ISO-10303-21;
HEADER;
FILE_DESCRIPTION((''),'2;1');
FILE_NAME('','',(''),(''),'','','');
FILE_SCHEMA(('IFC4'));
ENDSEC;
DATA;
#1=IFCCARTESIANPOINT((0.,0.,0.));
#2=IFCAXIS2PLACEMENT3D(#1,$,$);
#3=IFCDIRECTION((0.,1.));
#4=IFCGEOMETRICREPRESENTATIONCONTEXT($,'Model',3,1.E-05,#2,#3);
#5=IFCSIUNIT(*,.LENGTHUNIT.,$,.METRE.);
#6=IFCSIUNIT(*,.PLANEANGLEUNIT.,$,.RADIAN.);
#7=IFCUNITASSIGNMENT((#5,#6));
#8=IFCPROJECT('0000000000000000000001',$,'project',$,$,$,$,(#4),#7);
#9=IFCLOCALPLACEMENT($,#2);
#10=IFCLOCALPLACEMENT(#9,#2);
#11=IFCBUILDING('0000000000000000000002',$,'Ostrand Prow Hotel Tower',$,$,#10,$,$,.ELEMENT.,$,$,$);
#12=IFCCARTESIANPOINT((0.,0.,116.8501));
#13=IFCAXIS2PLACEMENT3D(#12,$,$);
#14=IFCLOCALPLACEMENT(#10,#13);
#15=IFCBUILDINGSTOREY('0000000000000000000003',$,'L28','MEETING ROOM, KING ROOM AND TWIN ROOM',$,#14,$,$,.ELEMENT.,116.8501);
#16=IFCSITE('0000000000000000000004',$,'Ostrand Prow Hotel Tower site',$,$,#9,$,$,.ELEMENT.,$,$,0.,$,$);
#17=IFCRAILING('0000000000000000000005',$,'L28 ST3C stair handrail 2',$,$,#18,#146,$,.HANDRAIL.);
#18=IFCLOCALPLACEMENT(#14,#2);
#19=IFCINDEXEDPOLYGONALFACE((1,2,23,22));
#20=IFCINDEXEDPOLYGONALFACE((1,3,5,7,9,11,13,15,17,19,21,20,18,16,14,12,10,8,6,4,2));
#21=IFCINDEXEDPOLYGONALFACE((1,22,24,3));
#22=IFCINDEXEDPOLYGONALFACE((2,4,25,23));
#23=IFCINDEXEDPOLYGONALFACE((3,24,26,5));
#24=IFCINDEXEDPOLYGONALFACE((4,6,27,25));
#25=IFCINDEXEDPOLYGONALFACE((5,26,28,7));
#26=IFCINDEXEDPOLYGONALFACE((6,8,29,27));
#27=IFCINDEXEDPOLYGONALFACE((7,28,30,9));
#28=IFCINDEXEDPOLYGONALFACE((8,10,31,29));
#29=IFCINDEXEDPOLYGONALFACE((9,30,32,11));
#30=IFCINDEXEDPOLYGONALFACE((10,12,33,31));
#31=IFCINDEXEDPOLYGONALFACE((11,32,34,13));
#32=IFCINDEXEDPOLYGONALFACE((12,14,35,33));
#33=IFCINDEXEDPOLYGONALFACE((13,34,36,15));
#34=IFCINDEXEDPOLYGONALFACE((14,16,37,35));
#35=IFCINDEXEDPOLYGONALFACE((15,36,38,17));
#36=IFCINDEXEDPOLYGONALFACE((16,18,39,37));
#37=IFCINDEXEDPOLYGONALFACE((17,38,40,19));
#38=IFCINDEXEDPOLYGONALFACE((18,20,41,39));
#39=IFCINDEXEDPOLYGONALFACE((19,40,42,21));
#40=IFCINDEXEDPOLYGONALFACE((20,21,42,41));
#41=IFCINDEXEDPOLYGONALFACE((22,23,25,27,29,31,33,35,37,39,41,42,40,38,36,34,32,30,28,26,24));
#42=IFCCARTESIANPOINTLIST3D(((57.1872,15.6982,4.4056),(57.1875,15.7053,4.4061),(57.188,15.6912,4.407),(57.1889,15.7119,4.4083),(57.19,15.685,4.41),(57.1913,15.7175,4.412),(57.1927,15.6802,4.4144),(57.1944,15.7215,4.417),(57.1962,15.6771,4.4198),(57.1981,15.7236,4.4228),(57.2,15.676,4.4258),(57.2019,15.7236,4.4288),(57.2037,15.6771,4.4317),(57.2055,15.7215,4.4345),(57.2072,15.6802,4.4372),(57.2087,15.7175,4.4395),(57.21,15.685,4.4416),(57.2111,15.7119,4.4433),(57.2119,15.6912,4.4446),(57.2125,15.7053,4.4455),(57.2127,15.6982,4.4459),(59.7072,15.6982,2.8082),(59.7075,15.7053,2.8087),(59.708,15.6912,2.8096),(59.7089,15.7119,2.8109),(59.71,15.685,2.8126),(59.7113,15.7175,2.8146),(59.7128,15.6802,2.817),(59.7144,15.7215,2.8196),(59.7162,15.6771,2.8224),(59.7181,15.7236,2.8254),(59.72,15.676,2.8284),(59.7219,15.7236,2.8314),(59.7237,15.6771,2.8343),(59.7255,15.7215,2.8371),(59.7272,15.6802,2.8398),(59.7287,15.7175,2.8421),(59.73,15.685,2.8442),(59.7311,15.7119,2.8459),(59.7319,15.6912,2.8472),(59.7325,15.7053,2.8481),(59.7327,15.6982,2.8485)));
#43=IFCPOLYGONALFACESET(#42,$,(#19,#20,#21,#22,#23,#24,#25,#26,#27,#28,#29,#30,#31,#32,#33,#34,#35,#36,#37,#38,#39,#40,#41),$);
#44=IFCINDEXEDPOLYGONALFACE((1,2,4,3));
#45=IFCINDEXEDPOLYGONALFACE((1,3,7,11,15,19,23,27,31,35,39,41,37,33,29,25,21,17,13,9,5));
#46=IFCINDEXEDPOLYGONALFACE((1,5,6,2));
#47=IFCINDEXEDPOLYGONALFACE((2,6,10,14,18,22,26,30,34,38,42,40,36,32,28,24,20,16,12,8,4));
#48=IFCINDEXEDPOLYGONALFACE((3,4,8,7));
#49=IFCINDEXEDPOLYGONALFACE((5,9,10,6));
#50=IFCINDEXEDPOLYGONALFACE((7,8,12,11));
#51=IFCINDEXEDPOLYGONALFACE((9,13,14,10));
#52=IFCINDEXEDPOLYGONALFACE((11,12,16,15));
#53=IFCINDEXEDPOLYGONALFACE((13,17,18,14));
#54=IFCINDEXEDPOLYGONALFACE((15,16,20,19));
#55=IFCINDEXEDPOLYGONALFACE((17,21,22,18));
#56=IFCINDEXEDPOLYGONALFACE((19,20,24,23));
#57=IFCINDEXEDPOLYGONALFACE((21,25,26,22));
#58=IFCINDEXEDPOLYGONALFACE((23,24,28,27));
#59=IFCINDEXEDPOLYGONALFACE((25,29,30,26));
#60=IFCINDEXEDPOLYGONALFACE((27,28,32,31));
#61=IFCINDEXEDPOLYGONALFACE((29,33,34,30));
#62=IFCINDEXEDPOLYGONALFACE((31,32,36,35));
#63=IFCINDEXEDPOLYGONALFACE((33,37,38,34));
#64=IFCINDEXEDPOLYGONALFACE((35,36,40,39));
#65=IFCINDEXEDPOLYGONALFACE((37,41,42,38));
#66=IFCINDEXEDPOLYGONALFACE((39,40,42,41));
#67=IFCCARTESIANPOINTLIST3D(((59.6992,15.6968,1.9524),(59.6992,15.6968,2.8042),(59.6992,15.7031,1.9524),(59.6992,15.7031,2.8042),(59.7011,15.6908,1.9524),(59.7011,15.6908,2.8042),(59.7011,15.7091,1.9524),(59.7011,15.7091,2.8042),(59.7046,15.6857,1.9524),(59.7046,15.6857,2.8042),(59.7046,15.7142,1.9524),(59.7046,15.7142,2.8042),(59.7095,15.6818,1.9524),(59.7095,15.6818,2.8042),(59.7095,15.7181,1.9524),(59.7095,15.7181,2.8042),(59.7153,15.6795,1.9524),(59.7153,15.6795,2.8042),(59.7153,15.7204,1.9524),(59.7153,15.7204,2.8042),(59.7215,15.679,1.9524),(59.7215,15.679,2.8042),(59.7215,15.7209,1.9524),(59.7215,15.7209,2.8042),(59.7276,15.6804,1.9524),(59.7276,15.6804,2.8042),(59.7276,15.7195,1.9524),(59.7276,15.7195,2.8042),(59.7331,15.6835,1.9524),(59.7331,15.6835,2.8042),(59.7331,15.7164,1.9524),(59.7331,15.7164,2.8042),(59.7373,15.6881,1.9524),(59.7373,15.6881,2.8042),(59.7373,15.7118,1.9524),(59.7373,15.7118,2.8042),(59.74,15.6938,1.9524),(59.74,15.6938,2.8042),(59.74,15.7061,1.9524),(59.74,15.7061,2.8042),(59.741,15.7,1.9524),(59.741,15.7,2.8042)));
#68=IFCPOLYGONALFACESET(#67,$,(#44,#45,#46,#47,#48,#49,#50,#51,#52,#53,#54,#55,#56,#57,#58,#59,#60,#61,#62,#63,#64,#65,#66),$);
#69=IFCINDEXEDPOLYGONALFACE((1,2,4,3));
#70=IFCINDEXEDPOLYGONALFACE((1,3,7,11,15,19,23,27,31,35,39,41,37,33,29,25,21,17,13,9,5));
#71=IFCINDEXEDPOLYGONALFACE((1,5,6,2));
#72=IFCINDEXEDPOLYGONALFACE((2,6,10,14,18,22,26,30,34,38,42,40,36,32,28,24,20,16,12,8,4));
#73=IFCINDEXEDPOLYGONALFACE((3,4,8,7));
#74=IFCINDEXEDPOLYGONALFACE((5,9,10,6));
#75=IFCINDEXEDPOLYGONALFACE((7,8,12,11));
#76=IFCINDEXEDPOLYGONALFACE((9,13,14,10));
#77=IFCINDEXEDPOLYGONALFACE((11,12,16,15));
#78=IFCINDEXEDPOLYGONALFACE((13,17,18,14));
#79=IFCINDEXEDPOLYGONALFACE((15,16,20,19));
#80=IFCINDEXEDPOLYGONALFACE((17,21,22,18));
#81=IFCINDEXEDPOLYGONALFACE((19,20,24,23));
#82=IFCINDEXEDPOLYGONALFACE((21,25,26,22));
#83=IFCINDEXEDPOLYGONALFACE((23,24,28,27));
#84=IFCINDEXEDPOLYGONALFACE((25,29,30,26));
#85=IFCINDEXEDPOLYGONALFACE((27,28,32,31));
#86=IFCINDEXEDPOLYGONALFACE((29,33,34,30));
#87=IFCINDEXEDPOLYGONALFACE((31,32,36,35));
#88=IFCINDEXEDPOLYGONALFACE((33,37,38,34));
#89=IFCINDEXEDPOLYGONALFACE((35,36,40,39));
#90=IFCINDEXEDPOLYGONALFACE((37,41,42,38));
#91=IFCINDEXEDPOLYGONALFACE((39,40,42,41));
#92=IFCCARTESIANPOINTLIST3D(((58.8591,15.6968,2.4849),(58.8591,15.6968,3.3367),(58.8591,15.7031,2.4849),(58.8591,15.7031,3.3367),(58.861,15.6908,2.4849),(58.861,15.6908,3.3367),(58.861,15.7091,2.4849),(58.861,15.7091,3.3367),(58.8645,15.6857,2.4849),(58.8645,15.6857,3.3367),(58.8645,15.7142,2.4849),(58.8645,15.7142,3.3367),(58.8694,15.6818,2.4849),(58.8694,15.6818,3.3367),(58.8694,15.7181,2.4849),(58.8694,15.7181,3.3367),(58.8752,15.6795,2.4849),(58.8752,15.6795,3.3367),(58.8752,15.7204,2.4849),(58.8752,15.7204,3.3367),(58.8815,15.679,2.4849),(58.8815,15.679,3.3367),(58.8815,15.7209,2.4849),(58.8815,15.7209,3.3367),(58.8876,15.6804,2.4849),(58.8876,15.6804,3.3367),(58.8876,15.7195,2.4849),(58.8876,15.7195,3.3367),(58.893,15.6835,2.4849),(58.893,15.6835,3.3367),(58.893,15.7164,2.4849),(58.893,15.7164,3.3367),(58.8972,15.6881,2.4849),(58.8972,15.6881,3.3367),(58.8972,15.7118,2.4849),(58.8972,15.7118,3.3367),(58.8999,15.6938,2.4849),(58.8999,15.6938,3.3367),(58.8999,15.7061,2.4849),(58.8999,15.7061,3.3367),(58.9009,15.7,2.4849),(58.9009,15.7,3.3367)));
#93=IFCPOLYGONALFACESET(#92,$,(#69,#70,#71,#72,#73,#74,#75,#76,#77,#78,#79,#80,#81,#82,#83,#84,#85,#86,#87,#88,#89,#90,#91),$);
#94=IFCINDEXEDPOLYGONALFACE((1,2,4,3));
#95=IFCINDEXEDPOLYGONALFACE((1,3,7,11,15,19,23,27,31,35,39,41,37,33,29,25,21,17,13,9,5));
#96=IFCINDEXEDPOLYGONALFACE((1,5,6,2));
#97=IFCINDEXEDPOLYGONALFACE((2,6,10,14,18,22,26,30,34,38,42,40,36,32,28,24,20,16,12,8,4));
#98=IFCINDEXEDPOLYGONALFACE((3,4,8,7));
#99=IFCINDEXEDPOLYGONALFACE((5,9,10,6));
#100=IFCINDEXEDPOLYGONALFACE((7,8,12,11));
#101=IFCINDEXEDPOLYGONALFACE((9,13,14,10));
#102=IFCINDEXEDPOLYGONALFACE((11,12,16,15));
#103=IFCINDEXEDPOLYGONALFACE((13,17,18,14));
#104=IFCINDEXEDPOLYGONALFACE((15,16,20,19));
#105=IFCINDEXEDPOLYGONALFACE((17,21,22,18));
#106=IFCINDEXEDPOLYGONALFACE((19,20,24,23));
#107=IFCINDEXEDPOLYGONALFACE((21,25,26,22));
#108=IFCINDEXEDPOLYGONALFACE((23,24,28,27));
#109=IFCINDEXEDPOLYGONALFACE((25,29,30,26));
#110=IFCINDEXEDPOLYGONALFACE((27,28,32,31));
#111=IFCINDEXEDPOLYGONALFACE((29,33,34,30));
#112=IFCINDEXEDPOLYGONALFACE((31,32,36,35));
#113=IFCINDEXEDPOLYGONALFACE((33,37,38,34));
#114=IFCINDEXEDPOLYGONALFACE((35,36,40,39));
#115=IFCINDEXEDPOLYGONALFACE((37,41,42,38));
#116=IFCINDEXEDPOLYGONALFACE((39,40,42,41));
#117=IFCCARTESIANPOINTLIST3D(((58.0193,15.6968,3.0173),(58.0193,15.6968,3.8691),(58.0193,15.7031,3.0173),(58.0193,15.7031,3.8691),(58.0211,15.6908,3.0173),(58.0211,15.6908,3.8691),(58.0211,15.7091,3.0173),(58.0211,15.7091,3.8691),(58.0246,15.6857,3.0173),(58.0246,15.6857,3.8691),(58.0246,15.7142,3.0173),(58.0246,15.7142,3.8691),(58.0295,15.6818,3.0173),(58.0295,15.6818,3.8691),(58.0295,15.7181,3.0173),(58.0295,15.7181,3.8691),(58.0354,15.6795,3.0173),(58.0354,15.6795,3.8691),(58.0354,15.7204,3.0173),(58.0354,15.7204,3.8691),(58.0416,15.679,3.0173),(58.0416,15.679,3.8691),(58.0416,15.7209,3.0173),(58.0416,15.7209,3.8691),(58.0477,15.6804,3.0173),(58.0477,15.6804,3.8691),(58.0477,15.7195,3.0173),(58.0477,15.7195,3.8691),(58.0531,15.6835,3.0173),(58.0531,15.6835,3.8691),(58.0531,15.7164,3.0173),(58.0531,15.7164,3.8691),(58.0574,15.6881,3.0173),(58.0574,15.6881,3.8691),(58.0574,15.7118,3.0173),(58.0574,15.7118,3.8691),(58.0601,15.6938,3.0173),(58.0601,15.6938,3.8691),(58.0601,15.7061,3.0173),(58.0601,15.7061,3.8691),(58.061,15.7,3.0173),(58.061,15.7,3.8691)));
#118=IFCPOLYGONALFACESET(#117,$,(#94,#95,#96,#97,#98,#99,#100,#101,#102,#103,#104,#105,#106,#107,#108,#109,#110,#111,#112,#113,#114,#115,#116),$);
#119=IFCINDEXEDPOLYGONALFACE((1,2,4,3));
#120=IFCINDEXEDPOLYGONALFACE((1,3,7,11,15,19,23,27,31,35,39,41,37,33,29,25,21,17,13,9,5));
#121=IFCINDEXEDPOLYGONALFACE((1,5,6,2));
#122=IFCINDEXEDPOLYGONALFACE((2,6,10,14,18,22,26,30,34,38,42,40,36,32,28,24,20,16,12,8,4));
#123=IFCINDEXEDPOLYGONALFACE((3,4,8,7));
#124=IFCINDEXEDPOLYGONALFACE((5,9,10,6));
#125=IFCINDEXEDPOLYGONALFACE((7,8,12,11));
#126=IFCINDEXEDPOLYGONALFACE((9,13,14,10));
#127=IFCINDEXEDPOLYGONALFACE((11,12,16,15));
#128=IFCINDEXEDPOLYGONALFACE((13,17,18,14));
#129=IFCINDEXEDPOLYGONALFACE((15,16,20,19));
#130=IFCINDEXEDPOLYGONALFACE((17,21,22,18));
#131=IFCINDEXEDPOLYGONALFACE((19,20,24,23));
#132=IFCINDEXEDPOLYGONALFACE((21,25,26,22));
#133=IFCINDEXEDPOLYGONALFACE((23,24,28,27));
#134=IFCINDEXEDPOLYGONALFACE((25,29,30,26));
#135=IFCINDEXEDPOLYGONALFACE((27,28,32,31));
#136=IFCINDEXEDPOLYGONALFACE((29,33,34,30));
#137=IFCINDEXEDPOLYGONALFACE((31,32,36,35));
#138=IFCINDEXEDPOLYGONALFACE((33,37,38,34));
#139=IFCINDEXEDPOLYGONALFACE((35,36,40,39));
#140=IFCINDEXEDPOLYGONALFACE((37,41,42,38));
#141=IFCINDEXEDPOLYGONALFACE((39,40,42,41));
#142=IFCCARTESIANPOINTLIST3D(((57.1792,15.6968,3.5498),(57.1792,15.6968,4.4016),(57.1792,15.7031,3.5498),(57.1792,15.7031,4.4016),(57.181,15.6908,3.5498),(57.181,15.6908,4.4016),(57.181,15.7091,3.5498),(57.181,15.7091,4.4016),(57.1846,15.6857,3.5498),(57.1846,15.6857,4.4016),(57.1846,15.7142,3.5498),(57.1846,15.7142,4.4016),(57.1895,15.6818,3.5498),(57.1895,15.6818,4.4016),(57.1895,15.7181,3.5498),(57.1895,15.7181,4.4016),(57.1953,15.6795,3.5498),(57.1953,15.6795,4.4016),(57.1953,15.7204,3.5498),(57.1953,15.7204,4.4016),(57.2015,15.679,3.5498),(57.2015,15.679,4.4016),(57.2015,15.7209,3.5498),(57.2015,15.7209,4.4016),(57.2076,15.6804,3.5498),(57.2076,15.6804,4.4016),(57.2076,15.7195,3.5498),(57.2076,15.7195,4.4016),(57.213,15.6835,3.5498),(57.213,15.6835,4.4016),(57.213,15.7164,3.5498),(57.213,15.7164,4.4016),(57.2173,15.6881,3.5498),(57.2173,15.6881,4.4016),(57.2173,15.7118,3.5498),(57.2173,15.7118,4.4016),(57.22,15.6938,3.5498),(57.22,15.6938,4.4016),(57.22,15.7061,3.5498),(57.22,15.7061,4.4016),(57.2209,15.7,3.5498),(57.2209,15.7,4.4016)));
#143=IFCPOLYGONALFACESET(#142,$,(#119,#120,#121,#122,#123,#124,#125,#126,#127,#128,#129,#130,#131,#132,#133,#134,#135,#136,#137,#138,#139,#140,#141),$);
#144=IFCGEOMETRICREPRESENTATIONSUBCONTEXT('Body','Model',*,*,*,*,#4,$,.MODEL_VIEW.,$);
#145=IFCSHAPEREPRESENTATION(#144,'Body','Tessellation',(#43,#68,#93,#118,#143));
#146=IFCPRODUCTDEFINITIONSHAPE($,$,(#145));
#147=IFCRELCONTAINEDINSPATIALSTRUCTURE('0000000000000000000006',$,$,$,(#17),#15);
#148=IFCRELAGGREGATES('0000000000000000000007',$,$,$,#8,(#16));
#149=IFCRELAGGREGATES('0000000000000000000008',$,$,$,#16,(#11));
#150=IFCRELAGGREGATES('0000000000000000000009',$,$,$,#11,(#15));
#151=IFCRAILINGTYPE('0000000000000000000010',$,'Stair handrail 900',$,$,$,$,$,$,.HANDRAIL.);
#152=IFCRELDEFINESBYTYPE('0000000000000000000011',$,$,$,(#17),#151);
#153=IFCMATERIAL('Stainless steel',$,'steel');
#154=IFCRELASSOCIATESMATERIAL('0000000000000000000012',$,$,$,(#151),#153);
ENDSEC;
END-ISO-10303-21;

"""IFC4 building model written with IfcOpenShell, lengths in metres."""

from ifc_helpers import new_model, si_unit, direction, frame, origin, origin_2d, place, context, subcontext, project, spatial, circle, extrude, material, type_object, element, save


model = new_model("IFC4")

# Units and contexts
model_context = context("Model", 3, precision=1e-05, world=origin(), true_north=direction((0.0, 1.0)))
body_context = subcontext(model_context, "Body", "Model", "MODEL_VIEW")
ifc_project = project(units=[si_unit("LENGTHUNIT", "METRE"), si_unit("PLANEANGLEUNIT", "RADIAN")], contexts=[model_context])

# Site, building, storey
site_placement = place(None, origin())
site = spatial("IfcSite", under=ifc_project, at=site_placement, Name="Ostrand Prow Hotel Tower site", CompositionType="ELEMENT", RefElevation=0.0)
building_placement = place(site_placement, origin())
building = spatial("IfcBuilding", under=site, at=building_placement, Name="Ostrand Prow Hotel Tower", CompositionType="ELEMENT")
storey_placement = place(building_placement, frame((0.0, 0.0, 116.8501)))
storey = spatial("IfcBuildingStorey", under=building, at=storey_placement, Name="L28", Description="MEETING ROOM, KING ROOM AND TWIN ROOM", CompositionType="ELEMENT", Elevation=116.8501)

# Railing
ifc_material_1 = material(Name="Stainless steel", Category="steel")
railing_type_1 = type_object("IfcRailingType", Name="Stair handrail 900", PredefinedType="HANDRAIL", material=ifc_material_1)
railing_1_placement = place(storey_placement, frame((59.72, 15.7, 1.9524)))
element("IfcRailing", 1, at=railing_1_placement, inside=storey, type_object=railing_type_1, Name="L28 ST3C stair handrail 2", PredefinedType="HANDRAIL", context=body_context, shape_type="SweptSolid", body=[
    extrude(circle(Radius=0.0239, at=origin_2d()), frame((0.0, 0.0, 0.876), z_axis=(-0.844607, 0.0, 0.535387), x_axis=(0.0, -1.0, 0.0)), (0.0, 0.0, 1.0), 2.9836),
    extrude(circle(Radius=0.021, at=origin_2d()), origin(), (0.0, 0.0, 1.0), 0.8518),
    extrude(circle(Radius=0.021, at=origin_2d()), frame((-0.8401, 0.0, 0.5325)), (0.0, 0.0, 1.0), 0.8518),
    extrude(circle(Radius=0.021, at=origin_2d()), frame((-1.6799, 0.0, 1.0649)), (0.0, 0.0, 1.0), 0.8518),
    extrude(circle(Radius=0.021, at=origin_2d()), frame((-2.52, 0.0, 1.5974)), (0.0, 0.0, 1.0), 0.8518),
])

save(model, "model.ifc")
